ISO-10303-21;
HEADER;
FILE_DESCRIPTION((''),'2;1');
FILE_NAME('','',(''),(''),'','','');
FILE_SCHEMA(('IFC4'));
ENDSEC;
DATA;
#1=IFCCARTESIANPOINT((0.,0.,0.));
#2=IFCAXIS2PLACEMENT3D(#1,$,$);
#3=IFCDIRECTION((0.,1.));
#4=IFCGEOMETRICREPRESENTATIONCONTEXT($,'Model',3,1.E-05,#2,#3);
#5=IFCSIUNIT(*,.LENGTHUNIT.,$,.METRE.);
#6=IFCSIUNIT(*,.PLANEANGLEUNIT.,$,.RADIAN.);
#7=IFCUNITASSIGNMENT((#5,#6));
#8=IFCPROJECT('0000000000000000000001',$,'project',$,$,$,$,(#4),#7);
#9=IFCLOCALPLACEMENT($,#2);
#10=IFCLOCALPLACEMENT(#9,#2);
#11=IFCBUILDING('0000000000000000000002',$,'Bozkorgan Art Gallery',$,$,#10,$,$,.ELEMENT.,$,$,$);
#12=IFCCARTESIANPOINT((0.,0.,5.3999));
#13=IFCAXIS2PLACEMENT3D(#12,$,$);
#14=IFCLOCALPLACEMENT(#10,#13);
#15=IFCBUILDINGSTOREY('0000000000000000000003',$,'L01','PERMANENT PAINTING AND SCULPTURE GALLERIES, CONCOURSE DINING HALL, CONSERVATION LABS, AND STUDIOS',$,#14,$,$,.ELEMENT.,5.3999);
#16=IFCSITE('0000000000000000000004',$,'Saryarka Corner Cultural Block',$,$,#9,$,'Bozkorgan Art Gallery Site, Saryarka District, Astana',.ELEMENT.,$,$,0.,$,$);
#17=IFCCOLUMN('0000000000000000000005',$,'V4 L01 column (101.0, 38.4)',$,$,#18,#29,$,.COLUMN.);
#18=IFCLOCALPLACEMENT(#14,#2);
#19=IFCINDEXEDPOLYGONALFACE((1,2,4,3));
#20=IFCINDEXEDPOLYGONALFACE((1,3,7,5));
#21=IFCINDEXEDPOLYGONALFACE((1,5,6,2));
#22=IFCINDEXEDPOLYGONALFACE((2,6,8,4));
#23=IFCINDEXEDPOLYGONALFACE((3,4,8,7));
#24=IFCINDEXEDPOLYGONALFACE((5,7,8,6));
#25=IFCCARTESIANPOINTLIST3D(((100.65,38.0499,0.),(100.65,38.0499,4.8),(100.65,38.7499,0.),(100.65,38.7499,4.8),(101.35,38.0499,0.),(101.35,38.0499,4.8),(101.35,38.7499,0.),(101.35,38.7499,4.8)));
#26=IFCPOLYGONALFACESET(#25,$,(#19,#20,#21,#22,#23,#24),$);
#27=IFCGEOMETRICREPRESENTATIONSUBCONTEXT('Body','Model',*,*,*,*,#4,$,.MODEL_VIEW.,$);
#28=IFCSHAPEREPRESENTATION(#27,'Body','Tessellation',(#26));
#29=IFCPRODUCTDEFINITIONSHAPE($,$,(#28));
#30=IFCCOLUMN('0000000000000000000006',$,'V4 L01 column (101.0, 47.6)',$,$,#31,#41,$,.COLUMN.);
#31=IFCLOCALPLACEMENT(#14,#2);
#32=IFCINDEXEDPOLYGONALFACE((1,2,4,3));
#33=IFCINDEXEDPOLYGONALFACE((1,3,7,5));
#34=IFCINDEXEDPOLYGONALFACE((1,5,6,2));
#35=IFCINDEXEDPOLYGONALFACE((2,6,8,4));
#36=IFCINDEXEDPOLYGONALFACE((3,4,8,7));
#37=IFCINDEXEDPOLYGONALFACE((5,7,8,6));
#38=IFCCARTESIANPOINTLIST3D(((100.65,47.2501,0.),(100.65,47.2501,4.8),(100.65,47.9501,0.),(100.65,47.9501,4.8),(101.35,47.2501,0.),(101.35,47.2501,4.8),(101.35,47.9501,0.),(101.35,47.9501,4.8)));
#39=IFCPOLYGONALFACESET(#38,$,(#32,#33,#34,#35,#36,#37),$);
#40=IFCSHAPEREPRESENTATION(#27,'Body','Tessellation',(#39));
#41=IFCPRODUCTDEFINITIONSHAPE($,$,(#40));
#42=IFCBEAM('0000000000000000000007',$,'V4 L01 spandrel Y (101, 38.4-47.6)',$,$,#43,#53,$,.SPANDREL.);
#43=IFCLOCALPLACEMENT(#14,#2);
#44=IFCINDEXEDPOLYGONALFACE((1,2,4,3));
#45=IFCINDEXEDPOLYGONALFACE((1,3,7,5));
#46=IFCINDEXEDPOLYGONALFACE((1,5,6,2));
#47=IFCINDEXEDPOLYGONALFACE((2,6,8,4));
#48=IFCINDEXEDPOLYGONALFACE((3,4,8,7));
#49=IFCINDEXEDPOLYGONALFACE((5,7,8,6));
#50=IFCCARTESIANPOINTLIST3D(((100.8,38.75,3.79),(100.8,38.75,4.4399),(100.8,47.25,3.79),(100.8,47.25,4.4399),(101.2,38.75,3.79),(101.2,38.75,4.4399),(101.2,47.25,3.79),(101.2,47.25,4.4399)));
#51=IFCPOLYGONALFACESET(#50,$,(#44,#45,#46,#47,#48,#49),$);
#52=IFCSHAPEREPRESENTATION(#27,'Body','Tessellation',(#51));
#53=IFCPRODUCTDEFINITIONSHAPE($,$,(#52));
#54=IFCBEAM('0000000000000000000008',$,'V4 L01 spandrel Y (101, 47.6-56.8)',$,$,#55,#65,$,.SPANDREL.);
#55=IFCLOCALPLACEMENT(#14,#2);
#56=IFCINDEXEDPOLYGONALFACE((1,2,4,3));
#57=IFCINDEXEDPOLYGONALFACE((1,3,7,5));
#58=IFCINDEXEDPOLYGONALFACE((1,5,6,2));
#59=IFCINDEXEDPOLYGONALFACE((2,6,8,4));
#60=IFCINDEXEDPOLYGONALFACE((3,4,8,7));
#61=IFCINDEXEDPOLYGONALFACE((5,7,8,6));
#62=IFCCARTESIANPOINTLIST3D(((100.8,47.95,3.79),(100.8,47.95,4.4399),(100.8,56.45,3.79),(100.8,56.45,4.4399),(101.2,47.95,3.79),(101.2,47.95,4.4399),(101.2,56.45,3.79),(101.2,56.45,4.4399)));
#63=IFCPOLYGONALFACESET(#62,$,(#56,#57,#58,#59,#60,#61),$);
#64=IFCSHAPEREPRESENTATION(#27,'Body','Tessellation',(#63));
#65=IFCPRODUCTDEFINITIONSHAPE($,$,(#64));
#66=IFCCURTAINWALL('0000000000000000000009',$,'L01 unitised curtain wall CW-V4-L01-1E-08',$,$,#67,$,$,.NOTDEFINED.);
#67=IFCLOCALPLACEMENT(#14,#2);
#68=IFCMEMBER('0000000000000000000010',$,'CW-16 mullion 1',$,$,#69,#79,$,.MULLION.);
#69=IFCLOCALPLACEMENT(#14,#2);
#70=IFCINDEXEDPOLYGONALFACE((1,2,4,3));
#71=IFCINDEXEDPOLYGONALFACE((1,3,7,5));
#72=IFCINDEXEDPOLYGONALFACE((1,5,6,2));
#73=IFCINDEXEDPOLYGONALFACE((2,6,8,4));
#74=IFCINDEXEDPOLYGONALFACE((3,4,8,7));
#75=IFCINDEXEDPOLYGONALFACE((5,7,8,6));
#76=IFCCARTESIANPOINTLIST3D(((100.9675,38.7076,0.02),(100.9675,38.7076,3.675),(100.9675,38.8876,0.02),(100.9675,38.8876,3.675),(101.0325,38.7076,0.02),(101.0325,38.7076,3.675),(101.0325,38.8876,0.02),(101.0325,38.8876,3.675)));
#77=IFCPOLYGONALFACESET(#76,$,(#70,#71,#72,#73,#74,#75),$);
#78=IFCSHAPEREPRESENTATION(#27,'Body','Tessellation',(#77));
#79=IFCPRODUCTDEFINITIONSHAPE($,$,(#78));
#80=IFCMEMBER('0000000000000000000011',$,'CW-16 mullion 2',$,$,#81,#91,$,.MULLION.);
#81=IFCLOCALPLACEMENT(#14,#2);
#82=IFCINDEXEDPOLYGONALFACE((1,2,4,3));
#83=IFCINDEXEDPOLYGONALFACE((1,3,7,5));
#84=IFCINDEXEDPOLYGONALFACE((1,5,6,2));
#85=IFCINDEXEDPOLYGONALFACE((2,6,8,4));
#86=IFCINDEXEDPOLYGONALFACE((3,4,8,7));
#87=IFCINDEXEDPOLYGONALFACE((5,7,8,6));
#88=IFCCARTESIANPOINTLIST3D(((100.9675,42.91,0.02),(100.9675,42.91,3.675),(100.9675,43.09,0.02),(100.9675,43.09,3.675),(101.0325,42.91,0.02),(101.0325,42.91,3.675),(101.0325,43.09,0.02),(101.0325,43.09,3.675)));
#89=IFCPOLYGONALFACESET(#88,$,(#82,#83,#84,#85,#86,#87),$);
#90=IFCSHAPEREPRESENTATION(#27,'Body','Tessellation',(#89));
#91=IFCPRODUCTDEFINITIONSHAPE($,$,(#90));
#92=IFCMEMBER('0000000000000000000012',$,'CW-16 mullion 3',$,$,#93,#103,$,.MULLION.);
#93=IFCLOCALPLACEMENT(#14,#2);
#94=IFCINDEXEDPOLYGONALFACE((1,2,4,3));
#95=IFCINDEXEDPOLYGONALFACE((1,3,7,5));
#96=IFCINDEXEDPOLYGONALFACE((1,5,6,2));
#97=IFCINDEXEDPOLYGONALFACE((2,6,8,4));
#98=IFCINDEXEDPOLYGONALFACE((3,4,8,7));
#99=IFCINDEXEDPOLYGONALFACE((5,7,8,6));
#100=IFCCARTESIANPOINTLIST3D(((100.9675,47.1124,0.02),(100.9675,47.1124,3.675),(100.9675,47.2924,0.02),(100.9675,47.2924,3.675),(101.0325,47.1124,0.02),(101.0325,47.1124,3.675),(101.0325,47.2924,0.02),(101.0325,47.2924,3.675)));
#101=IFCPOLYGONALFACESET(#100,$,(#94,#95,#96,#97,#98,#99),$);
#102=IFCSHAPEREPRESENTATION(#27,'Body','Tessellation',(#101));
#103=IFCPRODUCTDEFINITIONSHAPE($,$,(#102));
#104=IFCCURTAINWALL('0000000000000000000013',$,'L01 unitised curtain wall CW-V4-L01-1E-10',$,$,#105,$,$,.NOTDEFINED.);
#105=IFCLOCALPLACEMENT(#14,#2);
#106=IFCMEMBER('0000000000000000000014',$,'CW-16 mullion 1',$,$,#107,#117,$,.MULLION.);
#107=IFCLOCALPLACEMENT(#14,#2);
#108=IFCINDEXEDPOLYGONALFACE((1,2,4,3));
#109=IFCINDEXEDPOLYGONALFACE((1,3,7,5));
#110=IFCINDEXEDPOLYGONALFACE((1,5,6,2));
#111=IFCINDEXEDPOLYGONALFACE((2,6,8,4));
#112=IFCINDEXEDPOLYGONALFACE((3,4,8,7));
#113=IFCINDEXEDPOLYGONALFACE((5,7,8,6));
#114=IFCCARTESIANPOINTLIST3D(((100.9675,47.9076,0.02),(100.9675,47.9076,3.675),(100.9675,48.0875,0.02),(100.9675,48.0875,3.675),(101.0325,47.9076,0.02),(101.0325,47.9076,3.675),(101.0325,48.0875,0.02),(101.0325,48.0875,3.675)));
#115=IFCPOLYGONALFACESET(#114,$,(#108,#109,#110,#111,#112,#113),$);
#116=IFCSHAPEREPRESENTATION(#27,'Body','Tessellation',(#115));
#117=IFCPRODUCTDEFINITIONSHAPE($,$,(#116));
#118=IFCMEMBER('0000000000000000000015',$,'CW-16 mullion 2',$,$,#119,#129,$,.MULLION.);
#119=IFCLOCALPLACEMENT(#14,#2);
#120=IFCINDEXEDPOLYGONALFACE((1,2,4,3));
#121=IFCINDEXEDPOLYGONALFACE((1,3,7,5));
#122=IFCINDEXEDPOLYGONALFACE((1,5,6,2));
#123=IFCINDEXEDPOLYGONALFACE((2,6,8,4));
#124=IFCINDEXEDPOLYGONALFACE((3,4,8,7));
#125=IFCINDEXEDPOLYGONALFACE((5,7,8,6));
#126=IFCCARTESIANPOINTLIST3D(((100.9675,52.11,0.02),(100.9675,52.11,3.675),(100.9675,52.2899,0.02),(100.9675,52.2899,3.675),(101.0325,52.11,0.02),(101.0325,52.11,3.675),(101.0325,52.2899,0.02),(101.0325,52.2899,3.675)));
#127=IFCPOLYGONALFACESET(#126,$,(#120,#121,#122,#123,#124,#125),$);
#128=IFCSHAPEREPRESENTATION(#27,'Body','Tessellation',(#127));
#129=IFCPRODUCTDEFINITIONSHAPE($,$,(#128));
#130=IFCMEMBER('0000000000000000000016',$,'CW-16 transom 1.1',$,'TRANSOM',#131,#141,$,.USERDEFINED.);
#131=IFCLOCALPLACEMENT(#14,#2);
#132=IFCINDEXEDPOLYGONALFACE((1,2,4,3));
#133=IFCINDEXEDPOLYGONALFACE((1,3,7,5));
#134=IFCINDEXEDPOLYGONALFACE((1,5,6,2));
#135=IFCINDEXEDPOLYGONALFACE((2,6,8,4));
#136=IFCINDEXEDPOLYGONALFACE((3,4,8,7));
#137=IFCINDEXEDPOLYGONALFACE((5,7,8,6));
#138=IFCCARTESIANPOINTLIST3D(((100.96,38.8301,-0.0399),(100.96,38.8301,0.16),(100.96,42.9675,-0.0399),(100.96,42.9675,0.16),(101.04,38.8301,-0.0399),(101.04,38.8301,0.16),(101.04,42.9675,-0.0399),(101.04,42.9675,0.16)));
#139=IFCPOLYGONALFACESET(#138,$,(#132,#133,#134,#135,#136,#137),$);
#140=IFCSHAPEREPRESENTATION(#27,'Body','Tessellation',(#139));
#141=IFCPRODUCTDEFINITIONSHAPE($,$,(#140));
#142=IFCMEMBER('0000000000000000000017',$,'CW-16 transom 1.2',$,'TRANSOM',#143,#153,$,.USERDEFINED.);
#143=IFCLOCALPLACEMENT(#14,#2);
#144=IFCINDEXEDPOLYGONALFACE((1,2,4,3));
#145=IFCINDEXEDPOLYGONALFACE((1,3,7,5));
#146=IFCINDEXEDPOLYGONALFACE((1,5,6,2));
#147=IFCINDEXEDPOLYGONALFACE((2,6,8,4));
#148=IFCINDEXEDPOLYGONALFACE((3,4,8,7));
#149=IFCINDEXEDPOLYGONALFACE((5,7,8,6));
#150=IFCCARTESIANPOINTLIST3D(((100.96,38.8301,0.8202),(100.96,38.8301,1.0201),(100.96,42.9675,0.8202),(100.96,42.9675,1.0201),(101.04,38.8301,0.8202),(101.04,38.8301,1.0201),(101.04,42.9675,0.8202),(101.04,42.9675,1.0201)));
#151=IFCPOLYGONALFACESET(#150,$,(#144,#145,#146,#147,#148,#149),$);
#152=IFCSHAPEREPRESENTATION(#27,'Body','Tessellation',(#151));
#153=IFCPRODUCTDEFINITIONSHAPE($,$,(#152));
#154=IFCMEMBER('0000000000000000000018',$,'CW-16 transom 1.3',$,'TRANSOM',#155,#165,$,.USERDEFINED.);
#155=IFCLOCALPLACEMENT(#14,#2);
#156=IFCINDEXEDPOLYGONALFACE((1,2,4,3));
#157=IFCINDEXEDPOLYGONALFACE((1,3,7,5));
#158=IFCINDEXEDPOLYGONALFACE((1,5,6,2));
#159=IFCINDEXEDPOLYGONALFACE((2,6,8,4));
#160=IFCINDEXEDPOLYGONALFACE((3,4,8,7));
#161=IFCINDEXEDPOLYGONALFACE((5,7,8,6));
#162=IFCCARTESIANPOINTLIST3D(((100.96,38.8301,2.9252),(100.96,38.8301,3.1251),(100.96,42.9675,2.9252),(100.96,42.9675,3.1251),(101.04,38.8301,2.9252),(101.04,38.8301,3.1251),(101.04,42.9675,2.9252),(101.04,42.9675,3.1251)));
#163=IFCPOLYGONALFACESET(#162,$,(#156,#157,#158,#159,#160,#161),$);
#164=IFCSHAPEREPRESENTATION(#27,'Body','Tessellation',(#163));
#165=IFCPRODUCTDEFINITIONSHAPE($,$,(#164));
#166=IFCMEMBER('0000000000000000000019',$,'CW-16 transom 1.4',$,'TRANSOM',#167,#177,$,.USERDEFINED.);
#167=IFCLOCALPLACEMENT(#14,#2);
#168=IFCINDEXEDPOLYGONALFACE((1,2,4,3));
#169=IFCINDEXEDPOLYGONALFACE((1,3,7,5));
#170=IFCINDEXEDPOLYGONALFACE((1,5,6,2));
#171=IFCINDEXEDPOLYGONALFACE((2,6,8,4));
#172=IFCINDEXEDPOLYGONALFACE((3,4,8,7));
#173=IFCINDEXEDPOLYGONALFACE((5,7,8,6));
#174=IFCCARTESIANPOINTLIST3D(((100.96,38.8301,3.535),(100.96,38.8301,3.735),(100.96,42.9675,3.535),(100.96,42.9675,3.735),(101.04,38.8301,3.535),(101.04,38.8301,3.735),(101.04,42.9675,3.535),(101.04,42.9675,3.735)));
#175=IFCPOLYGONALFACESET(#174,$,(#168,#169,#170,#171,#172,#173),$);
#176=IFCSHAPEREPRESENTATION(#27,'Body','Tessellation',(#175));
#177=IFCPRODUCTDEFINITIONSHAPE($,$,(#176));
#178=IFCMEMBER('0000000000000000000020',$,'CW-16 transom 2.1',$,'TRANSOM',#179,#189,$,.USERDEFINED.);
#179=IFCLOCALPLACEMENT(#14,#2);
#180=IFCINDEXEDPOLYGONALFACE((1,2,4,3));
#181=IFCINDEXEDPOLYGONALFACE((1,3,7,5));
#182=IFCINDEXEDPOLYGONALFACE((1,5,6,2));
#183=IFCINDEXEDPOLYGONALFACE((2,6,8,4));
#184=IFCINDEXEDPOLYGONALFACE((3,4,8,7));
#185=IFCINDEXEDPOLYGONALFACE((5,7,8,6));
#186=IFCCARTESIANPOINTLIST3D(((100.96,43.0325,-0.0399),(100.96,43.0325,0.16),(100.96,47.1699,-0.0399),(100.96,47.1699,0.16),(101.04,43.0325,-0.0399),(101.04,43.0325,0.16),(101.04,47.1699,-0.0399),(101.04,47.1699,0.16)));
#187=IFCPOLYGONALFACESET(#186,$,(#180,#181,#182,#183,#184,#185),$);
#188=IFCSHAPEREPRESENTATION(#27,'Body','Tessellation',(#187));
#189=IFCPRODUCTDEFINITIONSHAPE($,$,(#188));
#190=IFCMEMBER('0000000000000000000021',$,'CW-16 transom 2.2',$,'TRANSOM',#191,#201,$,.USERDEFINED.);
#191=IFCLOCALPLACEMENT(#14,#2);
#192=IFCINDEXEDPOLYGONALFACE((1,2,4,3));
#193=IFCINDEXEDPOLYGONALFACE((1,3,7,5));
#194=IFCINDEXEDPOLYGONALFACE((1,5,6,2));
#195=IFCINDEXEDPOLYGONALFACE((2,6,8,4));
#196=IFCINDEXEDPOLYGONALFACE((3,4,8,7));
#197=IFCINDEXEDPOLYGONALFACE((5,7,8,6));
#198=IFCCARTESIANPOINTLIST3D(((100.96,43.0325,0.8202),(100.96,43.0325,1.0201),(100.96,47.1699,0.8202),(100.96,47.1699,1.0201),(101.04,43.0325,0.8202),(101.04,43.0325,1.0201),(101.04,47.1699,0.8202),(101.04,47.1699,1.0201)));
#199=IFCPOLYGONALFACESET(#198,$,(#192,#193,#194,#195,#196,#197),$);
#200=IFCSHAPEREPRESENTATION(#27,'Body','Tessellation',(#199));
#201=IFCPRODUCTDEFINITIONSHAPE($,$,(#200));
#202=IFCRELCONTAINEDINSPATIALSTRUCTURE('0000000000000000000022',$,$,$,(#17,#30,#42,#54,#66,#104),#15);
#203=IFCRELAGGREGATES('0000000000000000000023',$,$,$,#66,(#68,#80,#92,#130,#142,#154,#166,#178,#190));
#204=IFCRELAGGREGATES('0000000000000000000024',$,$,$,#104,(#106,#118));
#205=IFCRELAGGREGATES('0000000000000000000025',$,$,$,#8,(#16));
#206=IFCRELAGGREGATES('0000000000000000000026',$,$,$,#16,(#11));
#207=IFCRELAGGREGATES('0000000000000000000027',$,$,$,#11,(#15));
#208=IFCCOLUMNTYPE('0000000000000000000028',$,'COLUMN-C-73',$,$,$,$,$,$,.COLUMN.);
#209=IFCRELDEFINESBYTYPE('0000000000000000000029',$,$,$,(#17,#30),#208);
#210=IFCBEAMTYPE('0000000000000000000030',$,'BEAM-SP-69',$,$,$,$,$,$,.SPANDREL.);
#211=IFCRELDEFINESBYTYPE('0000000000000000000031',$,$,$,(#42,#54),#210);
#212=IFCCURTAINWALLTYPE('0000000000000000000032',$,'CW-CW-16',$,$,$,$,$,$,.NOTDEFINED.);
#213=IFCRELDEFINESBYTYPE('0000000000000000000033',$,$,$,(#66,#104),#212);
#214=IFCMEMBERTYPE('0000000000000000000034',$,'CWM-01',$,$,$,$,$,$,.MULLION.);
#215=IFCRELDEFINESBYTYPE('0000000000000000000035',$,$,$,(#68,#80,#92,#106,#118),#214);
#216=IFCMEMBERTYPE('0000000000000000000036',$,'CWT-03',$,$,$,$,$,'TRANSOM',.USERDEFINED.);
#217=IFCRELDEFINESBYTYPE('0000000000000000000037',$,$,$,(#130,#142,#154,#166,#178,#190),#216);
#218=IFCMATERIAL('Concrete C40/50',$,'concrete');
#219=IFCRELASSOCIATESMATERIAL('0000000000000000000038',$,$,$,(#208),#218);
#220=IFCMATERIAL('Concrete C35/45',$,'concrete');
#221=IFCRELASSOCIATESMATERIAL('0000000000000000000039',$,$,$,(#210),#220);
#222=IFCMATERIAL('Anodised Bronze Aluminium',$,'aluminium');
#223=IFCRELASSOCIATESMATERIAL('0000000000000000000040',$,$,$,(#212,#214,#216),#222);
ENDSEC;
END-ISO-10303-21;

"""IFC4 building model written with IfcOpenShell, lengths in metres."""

from ifc_helpers import new_model, si_unit, direction, frame, origin, origin_2d, place, context, subcontext, project, spatial, rectangle, extrude, material, material_profile, profile_set, type_object, element, aggregate, save


model = new_model("IFC4")

# Units and contexts
model_context = context("Model", 3, precision=1e-05, world=origin(), true_north=direction((0.0, 1.0)))
body_context = subcontext(model_context, "Body", "Model", "MODEL_VIEW")
ifc_project = project(units=[si_unit("LENGTHUNIT", "METRE"), si_unit("PLANEANGLEUNIT", "RADIAN")], contexts=[model_context])

# Site, building, storey
site_placement = place(None, origin())
site = spatial("IfcSite", under=ifc_project, at=site_placement, Name="Saryarka Corner Cultural Block", LongName="Bozkorgan Art Gallery Site, Saryarka District, Astana", CompositionType="ELEMENT", RefElevation=0.0)
building_placement = place(site_placement, origin())
building = spatial("IfcBuilding", under=site, at=building_placement, Name="Bozkorgan Art Gallery", CompositionType="ELEMENT")
storey_placement = place(building_placement, frame((0.0, 0.0, 5.3999)))
storey = spatial("IfcBuildingStorey", under=building, at=storey_placement, Name="L01", Description="PERMANENT PAINTING AND SCULPTURE GALLERIES, CONCOURSE DINING HALL, CONSERVATION LABS, AND STUDIOS", CompositionType="ELEMENT", Elevation=5.3999)

# Columns
ifc_material_1 = material(Name="Concrete C40/50", Category="concrete")
ifc_material_profile_1 = material_profile(ifc_material_1, rectangle(XDim=0.7, YDim=0.7, at=origin_2d()), Name="RC 700x700")
ifc_profile_set_1 = profile_set([ifc_material_profile_1], Name="Concrete C40/50")
column_type = type_object("IfcColumnType", Name="COLUMN-C-73", PredefinedType="COLUMN", material=ifc_profile_set_1)
for number, where, z_axis, x_axis, name in (
    (1, (101.0, 38.3999, 0.0), (0.0, 0.0, 1.0), (1.0, 0.0, 0.0), "V4 L01 column (101.0, 38.4)"),
    (2, (101.0, 47.6001, 0.0), (0.0, 0.0, 1.0), (1.0, 0.0, 0.0), "V4 L01 column (101.0, 47.6)"),
):
    element("IfcColumn", number, at=place(storey_placement, frame(where, z_axis=z_axis, x_axis=x_axis)), inside=storey, type_object=column_type, Name=name, PredefinedType="COLUMN", context=body_context, shape_type="SweptSolid", body=[
        extrude(rectangle(XDim=0.7, YDim=0.7, at=origin_2d()), origin(), (0.0, 0.0, 1.0), 4.8),
    ])

# Beams
ifc_material_2 = material(Name="Concrete C35/45", Category="concrete")
ifc_material_profile_2 = material_profile(ifc_material_2, rectangle(XDim=0.3999, YDim=0.6499, at=origin_2d()), Name="RC 400x650")
ifc_profile_set_2 = profile_set([ifc_material_profile_2], Name="Concrete C35/45")
beam_type = type_object("IfcBeamType", Name="BEAM-SP-69", PredefinedType="SPANDREL", material=ifc_profile_set_2)
for number, where, z_axis, x_axis, name in (
    (3, (101.0, 38.75, 4.115), (0.0, 1.0, 0.0), (-1.0, 0.0, 0.0), "V4 L01 spandrel Y (101, 38.4-47.6)"),
    (4, (101.0, 47.95, 4.115), (0.0, 1.0, 0.0), (-1.0, 0.0, 0.0), "V4 L01 spandrel Y (101, 47.6-56.8)"),
):
    element("IfcBeam", number, at=place(storey_placement, frame(where, z_axis=z_axis, x_axis=x_axis)), inside=storey, type_object=beam_type, Name=name, PredefinedType="SPANDREL", context=body_context, shape_type="SweptSolid", body=[
        extrude(rectangle(XDim=0.3999, YDim=0.6499, at=origin_2d()), origin(), (0.0, 0.0, 1.0), 8.5),
    ])

# Curtain walls, members
ifc_material_3 = material(Name="Anodised Bronze Aluminium", Category="aluminium")
curtain_wall_type = type_object("IfcCurtainWallType", Name="CW-CW-16", PredefinedType="NOTDEFINED", material=ifc_material_3)
curtain_wall_1_placement = place(storey_placement, origin())
curtain_wall_1 = element("IfcCurtainWall", 5, at=curtain_wall_1_placement, inside=storey, type_object=curtain_wall_type, Name="L01 unitised curtain wall CW-V4-L01-1E-08", PredefinedType="NOTDEFINED")
ifc_material_profile_3 = material_profile(ifc_material_3, rectangle(XDim=0.0649, YDim=0.1799, at=origin_2d()), Name="ALU MULLION 65x180")
ifc_profile_set_3 = profile_set([ifc_material_profile_3], Name="Anodised Bronze Aluminium")
member_type_1 = type_object("IfcMemberType", Name="CWM-01", PredefinedType="MULLION", material=ifc_profile_set_3)
member_1_placement = place(storey_placement, frame((101.0, 38.7976, 0.02), z_axis=(0.0, 0.0, 1.0), x_axis=(-1.0, 0.0, 0.0)))
member_1 = element("IfcMember", 6, at=member_1_placement, type_object=member_type_1, Name="CW-16 mullion 1", PredefinedType="MULLION", context=body_context, shape_type="SweptSolid", body=[
    extrude(rectangle(XDim=0.0649, YDim=0.1799, at=origin_2d()), origin(), (0.0, 0.0, 1.0), 3.655),
])
member_2_placement = place(storey_placement, frame((101.0, 43.0, 0.02), z_axis=(0.0, 0.0, 1.0), x_axis=(-1.0, 0.0, 0.0)))
member_2 = element("IfcMember", 7, at=member_2_placement, type_object=member_type_1, Name="CW-16 mullion 2", PredefinedType="MULLION", context=body_context, shape_type="SweptSolid", body=[
    extrude(rectangle(XDim=0.0649, YDim=0.1799, at=origin_2d()), origin(), (0.0, 0.0, 1.0), 3.655),
])
member_3_placement = place(storey_placement, frame((101.0, 47.2024, 0.02), z_axis=(0.0, 0.0, 1.0), x_axis=(-1.0, 0.0, 0.0)))
member_3 = element("IfcMember", 8, at=member_3_placement, type_object=member_type_1, Name="CW-16 mullion 3", PredefinedType="MULLION", context=body_context, shape_type="SweptSolid", body=[
    extrude(rectangle(XDim=0.0649, YDim=0.1799, at=origin_2d()), origin(), (0.0, 0.0, 1.0), 3.655),
])
curtain_wall_2_placement = place(storey_placement, origin())
curtain_wall_2 = element("IfcCurtainWall", 9, at=curtain_wall_2_placement, inside=storey, type_object=curtain_wall_type, Name="L01 unitised curtain wall CW-V4-L01-1E-10", PredefinedType="NOTDEFINED")
member_4_placement = place(storey_placement, frame((101.0, 47.9976, 0.02), z_axis=(0.0, 0.0, 1.0), x_axis=(-1.0, 0.0, 0.0)))
member_4 = element("IfcMember", 10, at=member_4_placement, type_object=member_type_1, Name="CW-16 mullion 1", PredefinedType="MULLION", context=body_context, shape_type="SweptSolid", body=[
    extrude(rectangle(XDim=0.0649, YDim=0.1799, at=origin_2d()), origin(), (0.0, 0.0, 1.0), 3.655),
])
member_5_placement = place(storey_placement, frame((101.0, 52.2, 0.02), z_axis=(0.0, 0.0, 1.0), x_axis=(-1.0, 0.0, 0.0)))
member_5 = element("IfcMember", 11, at=member_5_placement, type_object=member_type_1, Name="CW-16 mullion 2", PredefinedType="MULLION", context=body_context, shape_type="SweptSolid", body=[
    extrude(rectangle(XDim=0.0649, YDim=0.1799, at=origin_2d()), origin(), (0.0, 0.0, 1.0), 3.655),
])

# Members
ifc_material_profile_4 = material_profile(ifc_material_3, rectangle(XDim=0.0801, YDim=0.2, at=origin_2d()), Name="ALU TRANSOM 80x200")
ifc_profile_set_4 = profile_set([ifc_material_profile_4], Name="Anodised Bronze Aluminium")
member_type_2 = type_object("IfcMemberType", Name="CWT-03", ElementType="TRANSOM", PredefinedType="USERDEFINED", material=ifc_profile_set_4)
member_6_placement = place(storey_placement, frame((101.0, 38.8301, 0.0601), z_axis=(0.0, 1.0, 0.0), x_axis=(-1.0, 0.0, 0.0)))
member_6 = element("IfcMember", 12, at=member_6_placement, type_object=member_type_2, Name="CW-16 transom 1.1", ObjectType="TRANSOM", PredefinedType="USERDEFINED", context=body_context, shape_type="SweptSolid", body=[
    extrude(rectangle(XDim=0.0801, YDim=0.2, at=origin_2d()), origin(), (0.0, 0.0, 1.0), 4.1375),
])
member_7_placement = place(storey_placement, frame((101.0, 38.8301, 0.9202), z_axis=(0.0, 1.0, 0.0), x_axis=(-1.0, 0.0, 0.0)))
member_7 = element("IfcMember", 13, at=member_7_placement, type_object=member_type_2, Name="CW-16 transom 1.2", ObjectType="TRANSOM", PredefinedType="USERDEFINED", context=body_context, shape_type="SweptSolid", body=[
    extrude(rectangle(XDim=0.0801, YDim=0.2, at=origin_2d()), origin(), (0.0, 0.0, 1.0), 4.1375),
])
member_8_placement = place(storey_placement, frame((101.0, 38.8301, 3.0251), z_axis=(0.0, 1.0, 0.0), x_axis=(-1.0, 0.0, 0.0)))
member_8 = element("IfcMember", 14, at=member_8_placement, type_object=member_type_2, Name="CW-16 transom 1.3", ObjectType="TRANSOM", PredefinedType="USERDEFINED", context=body_context, shape_type="SweptSolid", body=[
    extrude(rectangle(XDim=0.0801, YDim=0.2, at=origin_2d()), origin(), (0.0, 0.0, 1.0), 4.1375),
])
member_9_placement = place(storey_placement, frame((101.0, 38.8301, 3.635), z_axis=(0.0, 1.0, 0.0), x_axis=(-1.0, 0.0, 0.0)))
member_9 = element("IfcMember", 15, at=member_9_placement, type_object=member_type_2, Name="CW-16 transom 1.4", ObjectType="TRANSOM", PredefinedType="USERDEFINED", context=body_context, shape_type="SweptSolid", body=[
    extrude(rectangle(XDim=0.0801, YDim=0.2, at=origin_2d()), origin(), (0.0, 0.0, 1.0), 4.1375),
])
member_10_placement = place(storey_placement, frame((101.0, 43.0325, 0.0601), z_axis=(0.0, 1.0, 0.0), x_axis=(-1.0, 0.0, 0.0)))
member_10 = element("IfcMember", 16, at=member_10_placement, type_object=member_type_2, Name="CW-16 transom 2.1", ObjectType="TRANSOM", PredefinedType="USERDEFINED", context=body_context, shape_type="SweptSolid", body=[
    extrude(rectangle(XDim=0.0801, YDim=0.2, at=origin_2d()), origin(), (0.0, 0.0, 1.0), 4.1375),
])
member_11_placement = place(storey_placement, frame((101.0, 43.0325, 0.9202), z_axis=(0.0, 1.0, 0.0), x_axis=(-1.0, 0.0, 0.0)))
member_11 = element("IfcMember", 17, at=member_11_placement, type_object=member_type_2, Name="CW-16 transom 2.2", ObjectType="TRANSOM", PredefinedType="USERDEFINED", context=body_context, shape_type="SweptSolid", body=[
    extrude(rectangle(XDim=0.0801, YDim=0.2, at=origin_2d()), origin(), (0.0, 0.0, 1.0), 4.1375),
])

aggregate(curtain_wall_1, [member_1, member_2, member_3, member_6, member_7, member_8, member_9, member_10, member_11])
aggregate(curtain_wall_2, [member_4, member_5])

save(model, "model.ifc")
